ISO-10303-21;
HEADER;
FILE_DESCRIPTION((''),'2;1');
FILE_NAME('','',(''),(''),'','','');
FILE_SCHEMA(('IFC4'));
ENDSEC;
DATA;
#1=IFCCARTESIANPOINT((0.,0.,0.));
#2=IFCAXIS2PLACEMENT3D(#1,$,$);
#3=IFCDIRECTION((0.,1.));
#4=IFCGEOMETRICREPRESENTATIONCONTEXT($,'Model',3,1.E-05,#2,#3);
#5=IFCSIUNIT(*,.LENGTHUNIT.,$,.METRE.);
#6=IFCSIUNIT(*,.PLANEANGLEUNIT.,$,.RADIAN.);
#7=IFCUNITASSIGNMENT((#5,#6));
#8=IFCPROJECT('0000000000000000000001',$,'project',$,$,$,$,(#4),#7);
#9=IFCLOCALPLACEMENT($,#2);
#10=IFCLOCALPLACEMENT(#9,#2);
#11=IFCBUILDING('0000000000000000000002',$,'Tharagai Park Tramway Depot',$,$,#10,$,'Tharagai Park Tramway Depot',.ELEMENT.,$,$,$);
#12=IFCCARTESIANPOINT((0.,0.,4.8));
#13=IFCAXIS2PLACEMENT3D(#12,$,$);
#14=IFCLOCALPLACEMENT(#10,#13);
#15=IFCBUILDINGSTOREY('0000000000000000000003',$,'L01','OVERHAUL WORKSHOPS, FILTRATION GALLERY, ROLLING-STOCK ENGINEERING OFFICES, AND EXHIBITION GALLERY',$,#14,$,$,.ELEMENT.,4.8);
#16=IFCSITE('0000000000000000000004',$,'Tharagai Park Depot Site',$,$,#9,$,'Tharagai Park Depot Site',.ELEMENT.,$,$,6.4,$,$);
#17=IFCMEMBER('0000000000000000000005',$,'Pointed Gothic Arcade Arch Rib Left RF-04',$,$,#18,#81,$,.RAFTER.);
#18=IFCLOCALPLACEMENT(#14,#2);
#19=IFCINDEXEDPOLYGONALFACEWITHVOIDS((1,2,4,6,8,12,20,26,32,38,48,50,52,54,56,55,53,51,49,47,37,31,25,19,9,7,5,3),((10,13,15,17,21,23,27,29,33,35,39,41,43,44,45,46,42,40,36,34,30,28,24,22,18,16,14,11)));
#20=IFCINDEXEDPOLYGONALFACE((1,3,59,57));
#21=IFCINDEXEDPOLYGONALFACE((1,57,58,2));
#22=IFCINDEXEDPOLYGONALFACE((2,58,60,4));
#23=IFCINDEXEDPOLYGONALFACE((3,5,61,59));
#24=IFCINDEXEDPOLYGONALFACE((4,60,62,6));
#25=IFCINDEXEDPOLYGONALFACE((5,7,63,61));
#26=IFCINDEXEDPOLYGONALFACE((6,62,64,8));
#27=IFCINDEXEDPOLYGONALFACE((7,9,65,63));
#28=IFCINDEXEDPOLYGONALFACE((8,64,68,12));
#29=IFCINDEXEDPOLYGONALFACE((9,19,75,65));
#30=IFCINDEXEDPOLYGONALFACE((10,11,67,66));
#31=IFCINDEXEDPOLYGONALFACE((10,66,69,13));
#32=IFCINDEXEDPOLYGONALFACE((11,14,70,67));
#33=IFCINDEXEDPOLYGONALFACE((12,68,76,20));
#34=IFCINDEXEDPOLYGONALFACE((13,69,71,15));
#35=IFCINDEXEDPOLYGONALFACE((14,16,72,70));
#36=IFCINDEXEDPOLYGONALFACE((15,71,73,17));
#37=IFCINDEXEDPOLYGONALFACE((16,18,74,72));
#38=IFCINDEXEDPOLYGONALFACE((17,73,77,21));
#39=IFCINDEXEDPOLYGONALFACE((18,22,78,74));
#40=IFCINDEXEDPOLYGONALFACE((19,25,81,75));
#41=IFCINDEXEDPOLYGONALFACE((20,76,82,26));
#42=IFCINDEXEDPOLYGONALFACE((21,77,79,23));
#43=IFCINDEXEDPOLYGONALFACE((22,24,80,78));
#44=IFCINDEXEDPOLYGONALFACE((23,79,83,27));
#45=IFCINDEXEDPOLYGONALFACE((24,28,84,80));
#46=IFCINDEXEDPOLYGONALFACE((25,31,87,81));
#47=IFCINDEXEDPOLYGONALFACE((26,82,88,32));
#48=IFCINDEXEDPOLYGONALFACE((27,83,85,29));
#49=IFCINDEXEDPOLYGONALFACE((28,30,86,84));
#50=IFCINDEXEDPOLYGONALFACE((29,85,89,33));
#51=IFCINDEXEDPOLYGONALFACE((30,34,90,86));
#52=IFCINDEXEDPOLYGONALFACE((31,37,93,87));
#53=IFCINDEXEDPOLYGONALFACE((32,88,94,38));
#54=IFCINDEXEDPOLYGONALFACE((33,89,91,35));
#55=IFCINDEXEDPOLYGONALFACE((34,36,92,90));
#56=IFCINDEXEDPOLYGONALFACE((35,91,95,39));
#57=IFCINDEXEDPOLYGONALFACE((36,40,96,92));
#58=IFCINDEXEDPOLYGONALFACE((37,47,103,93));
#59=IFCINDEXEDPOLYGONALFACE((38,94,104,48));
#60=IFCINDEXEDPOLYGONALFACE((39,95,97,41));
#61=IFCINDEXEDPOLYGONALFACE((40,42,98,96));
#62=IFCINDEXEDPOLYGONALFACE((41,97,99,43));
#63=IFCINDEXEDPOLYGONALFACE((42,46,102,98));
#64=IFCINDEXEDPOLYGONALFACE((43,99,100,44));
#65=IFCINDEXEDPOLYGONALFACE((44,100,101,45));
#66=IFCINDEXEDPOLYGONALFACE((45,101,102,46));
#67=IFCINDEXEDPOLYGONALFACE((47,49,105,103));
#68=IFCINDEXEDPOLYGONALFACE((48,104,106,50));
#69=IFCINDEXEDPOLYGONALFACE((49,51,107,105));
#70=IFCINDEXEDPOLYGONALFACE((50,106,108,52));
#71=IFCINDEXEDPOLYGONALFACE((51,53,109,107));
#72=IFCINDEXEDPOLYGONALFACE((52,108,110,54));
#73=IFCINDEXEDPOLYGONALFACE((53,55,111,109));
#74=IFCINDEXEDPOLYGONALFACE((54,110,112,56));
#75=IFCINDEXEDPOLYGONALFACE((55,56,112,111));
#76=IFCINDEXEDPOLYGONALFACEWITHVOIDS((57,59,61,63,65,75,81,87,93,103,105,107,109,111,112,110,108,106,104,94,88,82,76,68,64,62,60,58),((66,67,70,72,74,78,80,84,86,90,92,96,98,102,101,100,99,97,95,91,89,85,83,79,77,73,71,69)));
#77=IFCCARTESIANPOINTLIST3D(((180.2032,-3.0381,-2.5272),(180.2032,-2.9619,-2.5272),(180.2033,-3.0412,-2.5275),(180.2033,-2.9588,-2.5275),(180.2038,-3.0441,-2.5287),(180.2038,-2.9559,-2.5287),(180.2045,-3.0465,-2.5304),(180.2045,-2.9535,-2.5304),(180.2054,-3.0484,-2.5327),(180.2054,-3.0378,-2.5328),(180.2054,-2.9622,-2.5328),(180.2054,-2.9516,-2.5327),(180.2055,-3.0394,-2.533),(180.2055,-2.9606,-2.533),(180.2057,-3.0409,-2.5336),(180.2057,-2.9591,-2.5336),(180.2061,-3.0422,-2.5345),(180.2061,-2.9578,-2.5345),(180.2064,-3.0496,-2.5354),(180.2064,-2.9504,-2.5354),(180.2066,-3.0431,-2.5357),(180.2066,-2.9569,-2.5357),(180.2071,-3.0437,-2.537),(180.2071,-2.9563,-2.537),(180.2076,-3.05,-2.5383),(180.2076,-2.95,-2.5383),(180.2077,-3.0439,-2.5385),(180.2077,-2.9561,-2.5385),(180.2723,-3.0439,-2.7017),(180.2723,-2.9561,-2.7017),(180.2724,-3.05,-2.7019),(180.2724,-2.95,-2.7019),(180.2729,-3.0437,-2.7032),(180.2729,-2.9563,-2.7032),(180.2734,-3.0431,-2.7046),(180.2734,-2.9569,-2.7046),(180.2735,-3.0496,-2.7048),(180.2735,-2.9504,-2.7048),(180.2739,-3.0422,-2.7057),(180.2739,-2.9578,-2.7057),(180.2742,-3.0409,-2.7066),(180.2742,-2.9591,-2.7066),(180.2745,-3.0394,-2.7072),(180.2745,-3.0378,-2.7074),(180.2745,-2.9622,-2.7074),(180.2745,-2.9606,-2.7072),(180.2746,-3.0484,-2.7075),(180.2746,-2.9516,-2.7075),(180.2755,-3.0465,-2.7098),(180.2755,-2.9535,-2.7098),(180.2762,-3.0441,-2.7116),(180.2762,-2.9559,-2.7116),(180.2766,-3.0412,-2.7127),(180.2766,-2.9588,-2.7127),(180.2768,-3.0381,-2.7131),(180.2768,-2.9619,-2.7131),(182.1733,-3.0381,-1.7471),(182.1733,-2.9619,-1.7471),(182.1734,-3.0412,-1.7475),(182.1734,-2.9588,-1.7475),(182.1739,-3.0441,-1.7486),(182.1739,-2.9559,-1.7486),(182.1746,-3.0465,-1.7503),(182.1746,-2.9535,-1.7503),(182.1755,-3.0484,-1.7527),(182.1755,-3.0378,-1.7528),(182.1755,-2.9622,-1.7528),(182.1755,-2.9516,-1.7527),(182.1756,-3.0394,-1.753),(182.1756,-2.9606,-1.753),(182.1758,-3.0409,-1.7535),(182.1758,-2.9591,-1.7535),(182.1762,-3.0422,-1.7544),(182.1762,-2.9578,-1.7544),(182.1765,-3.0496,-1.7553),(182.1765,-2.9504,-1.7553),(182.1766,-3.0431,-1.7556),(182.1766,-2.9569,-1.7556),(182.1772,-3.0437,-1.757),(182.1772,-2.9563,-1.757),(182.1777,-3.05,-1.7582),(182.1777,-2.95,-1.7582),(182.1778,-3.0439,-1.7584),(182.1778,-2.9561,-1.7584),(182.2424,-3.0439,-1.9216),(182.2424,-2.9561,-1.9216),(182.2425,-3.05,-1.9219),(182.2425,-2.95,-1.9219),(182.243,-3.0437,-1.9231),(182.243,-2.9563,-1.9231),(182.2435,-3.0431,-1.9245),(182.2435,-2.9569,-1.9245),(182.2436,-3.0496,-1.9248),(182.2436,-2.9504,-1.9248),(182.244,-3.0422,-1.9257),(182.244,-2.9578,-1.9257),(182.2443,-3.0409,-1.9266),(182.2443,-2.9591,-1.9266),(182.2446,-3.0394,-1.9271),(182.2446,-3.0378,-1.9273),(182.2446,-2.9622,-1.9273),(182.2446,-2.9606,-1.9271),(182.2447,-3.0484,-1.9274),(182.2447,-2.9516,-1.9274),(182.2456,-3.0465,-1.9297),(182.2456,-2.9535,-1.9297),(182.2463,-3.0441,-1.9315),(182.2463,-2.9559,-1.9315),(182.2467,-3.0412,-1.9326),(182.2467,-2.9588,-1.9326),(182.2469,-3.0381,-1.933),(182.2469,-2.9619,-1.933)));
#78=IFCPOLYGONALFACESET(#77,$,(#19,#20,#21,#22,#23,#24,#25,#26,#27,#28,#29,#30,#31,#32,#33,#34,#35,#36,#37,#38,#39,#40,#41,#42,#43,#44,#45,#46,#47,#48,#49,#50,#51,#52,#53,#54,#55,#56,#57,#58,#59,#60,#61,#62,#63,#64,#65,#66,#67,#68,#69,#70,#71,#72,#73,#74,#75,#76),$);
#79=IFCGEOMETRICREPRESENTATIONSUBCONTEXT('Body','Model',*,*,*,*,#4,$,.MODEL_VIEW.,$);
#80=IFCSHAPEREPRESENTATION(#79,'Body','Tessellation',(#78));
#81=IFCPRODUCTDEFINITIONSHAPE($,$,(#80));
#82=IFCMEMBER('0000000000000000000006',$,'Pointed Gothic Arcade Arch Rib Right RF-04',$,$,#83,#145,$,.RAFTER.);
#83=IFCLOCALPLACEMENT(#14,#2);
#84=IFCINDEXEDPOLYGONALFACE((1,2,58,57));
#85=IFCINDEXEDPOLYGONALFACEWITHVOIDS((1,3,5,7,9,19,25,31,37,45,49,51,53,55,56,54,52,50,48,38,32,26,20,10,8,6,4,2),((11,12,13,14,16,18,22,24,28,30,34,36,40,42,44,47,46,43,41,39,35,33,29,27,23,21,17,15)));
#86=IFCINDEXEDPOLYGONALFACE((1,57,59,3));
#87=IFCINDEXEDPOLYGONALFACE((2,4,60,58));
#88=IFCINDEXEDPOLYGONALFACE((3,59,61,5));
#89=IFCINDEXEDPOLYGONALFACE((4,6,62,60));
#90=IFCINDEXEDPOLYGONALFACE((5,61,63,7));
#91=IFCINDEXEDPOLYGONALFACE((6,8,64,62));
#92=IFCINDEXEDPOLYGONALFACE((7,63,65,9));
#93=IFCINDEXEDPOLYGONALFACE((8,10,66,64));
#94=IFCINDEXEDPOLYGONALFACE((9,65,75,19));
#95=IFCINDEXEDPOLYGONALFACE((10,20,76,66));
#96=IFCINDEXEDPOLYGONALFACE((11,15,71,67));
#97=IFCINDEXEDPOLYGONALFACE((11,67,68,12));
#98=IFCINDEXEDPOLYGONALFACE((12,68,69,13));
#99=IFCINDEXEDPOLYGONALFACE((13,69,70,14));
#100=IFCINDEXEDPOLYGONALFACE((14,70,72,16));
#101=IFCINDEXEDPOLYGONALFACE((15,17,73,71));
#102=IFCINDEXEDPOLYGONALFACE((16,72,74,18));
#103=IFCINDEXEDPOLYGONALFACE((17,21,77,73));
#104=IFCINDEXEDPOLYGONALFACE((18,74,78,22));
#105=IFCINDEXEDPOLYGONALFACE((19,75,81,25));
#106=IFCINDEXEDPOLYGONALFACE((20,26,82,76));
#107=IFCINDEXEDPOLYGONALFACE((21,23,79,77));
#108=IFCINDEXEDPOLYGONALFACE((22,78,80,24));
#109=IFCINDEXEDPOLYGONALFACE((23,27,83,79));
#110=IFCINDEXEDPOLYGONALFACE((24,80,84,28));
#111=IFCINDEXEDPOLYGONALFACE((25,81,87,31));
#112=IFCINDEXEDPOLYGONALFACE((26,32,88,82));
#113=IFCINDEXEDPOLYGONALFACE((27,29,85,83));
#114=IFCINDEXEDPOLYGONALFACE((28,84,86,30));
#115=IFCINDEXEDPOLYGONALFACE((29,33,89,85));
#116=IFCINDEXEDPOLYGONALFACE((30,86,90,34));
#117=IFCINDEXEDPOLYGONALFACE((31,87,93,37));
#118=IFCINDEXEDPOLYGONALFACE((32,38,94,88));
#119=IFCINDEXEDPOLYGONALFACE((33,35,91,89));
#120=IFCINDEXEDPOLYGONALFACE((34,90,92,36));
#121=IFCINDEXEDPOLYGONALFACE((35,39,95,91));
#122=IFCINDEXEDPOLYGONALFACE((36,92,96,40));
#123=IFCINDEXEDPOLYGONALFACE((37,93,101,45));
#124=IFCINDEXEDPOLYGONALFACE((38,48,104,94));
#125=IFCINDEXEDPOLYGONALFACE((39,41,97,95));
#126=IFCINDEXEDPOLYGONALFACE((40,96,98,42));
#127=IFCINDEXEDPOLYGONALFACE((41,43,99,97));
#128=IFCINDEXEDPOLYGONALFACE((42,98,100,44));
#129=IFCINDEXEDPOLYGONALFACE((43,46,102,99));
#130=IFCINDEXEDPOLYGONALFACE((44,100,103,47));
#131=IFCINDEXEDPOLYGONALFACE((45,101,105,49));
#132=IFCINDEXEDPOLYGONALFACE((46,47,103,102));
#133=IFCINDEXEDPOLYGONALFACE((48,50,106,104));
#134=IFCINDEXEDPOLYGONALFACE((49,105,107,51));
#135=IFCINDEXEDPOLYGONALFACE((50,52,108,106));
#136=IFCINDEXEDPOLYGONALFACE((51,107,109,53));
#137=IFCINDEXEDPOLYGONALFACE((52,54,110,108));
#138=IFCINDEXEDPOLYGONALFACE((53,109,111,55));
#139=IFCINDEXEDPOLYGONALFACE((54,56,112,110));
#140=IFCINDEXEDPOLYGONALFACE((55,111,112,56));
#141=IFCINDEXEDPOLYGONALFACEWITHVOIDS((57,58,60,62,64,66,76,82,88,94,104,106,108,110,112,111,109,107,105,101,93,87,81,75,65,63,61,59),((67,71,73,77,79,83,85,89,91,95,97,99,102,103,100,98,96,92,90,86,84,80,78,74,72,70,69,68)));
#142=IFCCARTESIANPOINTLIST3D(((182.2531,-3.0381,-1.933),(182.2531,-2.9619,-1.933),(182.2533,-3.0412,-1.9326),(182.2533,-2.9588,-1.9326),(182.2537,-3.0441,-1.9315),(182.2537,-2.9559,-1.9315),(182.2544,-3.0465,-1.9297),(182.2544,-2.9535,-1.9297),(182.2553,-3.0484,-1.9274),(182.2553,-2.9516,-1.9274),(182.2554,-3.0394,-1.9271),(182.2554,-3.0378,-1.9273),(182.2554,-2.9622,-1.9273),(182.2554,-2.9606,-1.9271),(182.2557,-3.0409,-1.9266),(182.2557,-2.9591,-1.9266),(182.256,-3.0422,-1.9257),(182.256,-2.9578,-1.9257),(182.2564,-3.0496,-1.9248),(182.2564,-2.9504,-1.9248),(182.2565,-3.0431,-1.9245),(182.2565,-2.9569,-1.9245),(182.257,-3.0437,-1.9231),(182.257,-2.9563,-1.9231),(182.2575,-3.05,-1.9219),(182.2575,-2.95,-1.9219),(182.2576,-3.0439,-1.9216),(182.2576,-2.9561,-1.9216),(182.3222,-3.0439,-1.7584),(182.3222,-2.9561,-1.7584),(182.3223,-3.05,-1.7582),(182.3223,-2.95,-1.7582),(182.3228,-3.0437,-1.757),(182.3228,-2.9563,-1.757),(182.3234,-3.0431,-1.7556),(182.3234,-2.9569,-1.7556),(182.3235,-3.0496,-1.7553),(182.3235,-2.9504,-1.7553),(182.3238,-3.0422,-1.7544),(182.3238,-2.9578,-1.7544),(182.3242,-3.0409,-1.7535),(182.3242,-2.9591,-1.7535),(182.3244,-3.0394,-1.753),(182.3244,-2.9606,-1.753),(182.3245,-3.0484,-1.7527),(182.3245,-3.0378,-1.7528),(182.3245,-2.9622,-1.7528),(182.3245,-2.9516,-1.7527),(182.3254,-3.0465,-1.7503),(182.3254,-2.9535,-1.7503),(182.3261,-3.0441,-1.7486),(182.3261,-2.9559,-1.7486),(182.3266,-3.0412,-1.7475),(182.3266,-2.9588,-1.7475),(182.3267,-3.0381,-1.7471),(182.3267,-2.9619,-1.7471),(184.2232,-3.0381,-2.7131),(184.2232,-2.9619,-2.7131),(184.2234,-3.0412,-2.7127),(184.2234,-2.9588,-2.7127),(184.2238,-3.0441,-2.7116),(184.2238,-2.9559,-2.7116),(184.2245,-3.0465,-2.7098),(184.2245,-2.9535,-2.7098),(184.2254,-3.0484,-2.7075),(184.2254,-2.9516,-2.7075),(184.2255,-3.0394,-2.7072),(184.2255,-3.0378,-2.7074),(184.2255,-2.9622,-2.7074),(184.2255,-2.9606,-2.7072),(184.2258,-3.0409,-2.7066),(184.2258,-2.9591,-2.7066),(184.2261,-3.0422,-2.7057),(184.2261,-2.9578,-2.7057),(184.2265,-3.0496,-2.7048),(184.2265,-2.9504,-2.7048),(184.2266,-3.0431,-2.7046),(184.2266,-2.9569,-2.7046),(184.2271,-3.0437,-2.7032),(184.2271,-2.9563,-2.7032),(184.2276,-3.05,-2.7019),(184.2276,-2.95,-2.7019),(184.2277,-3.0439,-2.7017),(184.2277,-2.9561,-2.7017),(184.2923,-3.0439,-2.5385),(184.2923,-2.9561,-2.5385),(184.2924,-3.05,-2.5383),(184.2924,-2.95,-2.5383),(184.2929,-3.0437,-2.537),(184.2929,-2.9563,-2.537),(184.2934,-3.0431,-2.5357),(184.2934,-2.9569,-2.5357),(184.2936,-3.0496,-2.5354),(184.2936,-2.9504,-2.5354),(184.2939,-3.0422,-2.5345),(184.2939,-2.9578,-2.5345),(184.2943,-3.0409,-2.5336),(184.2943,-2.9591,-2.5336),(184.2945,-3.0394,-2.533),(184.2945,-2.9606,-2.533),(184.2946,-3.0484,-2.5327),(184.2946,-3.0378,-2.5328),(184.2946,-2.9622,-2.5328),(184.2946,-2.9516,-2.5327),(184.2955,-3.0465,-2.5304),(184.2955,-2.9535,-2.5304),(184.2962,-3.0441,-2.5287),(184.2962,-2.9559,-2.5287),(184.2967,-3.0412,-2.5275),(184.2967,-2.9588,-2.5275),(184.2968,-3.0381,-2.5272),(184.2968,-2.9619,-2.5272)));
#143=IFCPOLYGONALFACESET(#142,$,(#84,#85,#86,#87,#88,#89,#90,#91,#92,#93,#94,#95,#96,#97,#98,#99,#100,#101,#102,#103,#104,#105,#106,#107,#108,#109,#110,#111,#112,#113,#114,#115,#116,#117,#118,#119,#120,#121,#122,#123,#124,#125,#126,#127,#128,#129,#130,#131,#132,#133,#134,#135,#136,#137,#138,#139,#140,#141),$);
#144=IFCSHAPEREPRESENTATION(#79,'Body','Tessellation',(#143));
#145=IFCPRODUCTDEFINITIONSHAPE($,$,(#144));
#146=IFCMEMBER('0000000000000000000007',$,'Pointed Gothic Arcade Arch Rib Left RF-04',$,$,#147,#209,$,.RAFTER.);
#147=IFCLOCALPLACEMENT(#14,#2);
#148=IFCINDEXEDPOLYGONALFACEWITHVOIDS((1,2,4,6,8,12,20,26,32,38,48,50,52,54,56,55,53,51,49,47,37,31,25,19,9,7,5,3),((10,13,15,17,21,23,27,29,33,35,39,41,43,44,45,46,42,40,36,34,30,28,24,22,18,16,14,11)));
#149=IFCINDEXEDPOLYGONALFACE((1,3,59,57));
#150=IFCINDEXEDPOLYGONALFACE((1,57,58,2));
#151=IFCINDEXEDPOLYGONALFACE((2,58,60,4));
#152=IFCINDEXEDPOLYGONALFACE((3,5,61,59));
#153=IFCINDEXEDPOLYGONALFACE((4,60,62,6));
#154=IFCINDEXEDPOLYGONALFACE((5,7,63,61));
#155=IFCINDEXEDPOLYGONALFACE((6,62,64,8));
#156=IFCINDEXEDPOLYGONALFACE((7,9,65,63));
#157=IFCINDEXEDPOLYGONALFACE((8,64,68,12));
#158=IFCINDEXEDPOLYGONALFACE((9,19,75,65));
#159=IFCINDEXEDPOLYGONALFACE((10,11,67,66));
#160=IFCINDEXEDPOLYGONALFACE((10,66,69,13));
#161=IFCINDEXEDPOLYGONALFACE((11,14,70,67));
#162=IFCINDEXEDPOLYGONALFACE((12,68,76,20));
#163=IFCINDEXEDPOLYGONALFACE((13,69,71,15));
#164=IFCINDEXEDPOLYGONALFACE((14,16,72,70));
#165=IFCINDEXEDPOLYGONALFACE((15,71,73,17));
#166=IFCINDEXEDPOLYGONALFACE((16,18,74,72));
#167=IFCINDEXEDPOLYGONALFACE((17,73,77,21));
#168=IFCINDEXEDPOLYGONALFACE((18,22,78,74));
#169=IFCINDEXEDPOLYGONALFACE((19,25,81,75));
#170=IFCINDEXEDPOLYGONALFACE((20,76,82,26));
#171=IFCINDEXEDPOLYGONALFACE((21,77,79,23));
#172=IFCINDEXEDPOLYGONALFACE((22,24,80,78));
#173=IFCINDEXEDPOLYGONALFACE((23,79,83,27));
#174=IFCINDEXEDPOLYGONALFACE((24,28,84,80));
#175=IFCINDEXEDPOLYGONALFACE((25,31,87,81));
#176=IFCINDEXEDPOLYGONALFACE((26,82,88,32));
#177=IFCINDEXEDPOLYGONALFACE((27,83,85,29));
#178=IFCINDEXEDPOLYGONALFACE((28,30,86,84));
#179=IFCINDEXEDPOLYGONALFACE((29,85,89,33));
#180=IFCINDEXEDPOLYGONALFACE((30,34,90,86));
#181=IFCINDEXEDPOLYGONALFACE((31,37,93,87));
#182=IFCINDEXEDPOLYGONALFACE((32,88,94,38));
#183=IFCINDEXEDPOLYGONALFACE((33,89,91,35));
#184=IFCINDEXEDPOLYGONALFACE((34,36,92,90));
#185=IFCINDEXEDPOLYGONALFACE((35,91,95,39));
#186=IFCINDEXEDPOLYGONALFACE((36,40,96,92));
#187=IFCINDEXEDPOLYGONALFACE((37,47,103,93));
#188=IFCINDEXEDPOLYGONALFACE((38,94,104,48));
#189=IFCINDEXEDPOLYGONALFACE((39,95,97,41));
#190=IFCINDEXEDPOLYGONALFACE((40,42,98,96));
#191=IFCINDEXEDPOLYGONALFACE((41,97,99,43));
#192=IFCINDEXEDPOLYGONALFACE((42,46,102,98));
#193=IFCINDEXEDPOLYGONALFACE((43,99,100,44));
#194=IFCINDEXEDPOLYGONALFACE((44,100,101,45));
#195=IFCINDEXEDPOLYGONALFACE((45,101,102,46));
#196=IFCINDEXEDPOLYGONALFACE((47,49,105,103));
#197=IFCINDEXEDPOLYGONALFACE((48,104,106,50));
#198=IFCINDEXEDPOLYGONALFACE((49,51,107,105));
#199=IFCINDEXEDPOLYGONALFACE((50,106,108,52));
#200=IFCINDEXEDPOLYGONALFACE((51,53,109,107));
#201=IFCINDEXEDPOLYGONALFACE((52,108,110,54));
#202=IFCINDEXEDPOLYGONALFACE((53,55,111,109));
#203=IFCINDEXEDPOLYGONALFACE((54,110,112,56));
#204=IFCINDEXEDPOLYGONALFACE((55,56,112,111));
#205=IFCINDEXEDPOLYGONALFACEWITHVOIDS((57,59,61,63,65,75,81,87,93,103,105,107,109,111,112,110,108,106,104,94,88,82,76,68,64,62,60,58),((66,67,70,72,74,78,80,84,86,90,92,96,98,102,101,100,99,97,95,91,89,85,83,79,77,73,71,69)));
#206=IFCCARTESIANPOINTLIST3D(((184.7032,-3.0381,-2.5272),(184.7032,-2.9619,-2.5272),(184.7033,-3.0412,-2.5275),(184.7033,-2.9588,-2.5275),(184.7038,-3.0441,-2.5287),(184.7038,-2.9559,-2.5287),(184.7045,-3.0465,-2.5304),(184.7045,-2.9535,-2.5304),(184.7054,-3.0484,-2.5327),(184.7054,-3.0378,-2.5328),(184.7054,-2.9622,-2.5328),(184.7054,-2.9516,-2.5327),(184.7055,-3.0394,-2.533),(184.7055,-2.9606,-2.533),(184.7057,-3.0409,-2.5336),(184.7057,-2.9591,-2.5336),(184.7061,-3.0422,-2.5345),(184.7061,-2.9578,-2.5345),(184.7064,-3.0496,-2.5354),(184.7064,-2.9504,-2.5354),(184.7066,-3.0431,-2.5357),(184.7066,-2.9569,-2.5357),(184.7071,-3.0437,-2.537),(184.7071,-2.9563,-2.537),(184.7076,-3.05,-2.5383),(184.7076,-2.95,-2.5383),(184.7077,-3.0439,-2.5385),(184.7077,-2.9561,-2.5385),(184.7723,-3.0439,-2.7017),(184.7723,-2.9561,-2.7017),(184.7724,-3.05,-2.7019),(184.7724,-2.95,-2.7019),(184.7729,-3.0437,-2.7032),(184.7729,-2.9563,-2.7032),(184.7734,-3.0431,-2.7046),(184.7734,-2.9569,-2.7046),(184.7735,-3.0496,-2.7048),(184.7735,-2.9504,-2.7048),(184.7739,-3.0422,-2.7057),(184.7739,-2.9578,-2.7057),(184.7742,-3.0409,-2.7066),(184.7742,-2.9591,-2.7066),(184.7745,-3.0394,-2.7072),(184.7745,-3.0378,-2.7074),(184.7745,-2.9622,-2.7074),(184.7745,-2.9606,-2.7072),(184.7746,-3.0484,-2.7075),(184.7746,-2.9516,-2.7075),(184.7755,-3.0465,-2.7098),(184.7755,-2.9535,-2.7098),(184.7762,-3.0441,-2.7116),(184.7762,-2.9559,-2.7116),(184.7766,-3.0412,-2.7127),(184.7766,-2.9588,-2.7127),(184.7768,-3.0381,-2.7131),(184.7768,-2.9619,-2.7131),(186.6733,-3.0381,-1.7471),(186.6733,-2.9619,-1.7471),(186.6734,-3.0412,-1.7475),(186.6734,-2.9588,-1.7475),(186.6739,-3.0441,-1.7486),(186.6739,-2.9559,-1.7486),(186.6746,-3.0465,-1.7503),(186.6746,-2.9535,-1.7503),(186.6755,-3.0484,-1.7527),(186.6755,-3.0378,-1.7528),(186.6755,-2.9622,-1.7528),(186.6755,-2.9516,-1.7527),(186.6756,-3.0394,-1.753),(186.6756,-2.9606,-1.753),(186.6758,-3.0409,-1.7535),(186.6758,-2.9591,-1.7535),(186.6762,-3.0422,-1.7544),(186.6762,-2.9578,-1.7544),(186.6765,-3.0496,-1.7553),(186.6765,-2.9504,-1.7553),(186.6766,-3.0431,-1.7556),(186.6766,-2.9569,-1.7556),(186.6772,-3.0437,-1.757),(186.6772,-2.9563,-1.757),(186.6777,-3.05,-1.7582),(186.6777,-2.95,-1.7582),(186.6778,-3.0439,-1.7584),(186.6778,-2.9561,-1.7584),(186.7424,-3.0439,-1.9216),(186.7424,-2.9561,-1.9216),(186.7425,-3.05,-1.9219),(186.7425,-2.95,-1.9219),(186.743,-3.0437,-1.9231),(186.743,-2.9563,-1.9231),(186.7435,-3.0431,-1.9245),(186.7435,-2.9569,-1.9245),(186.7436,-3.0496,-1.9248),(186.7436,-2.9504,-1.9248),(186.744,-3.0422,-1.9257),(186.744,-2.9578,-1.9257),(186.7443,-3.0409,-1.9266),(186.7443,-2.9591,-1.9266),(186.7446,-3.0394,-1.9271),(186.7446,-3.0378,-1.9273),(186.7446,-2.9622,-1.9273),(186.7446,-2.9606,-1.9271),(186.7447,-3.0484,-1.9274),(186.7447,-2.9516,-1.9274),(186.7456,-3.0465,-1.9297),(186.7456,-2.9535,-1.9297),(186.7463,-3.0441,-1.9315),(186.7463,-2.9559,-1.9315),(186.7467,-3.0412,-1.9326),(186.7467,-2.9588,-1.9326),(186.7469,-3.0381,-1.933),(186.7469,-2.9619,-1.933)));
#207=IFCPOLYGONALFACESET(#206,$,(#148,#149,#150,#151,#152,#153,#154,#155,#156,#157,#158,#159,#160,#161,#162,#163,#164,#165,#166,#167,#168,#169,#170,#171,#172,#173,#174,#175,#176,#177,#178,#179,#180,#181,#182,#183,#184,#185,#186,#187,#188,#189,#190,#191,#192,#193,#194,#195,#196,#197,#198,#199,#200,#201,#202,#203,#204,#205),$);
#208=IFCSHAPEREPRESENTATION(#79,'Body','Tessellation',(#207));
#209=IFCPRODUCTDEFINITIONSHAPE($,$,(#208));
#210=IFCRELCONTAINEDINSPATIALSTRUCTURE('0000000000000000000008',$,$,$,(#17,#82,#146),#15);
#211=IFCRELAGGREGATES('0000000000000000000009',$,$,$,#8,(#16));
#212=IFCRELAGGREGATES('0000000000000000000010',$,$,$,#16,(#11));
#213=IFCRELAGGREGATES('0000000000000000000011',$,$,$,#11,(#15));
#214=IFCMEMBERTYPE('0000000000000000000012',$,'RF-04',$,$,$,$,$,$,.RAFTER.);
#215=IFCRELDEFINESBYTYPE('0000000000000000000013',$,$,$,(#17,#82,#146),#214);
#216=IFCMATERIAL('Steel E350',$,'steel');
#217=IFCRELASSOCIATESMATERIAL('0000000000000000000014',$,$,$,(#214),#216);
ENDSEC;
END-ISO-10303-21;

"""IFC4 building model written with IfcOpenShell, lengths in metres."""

from ifc_helpers import new_model, si_unit, direction, frame, origin, origin_2d, place, context, subcontext, project, spatial, hollow_rectangle, extrude, material, material_profile, profile_set, type_object, element, save


model = new_model("IFC4")

# Units and contexts
model_context = context("Model", 3, precision=1e-05, world=origin(), true_north=direction((0.0, 1.0)))
body_context = subcontext(model_context, "Body", "Model", "MODEL_VIEW")
ifc_project = project(units=[si_unit("LENGTHUNIT", "METRE"), si_unit("PLANEANGLEUNIT", "RADIAN")], contexts=[model_context])

# Site, building, storey
site_placement = place(None, origin())
site = spatial("IfcSite", under=ifc_project, at=site_placement, Name="Tharagai Park Depot Site", LongName="Tharagai Park Depot Site", CompositionType="ELEMENT", RefElevation=6.4)
building_placement = place(site_placement, origin())
building = spatial("IfcBuilding", under=site, at=building_placement, Name="Tharagai Park Tramway Depot", LongName="Tharagai Park Tramway Depot", CompositionType="ELEMENT")
storey_placement = place(building_placement, frame((0.0, 0.0, 4.8)))
storey = spatial("IfcBuildingStorey", under=building, at=storey_placement, Name="L01", Description="OVERHAUL WORKSHOPS, FILTRATION GALLERY, ROLLING-STOCK ENGINEERING OFFICES, AND EXHIBITION GALLERY", CompositionType="ELEMENT", Elevation=4.8)

# Members
ifc_material_1 = material(Name="Steel E350", Category="steel")
ifc_material_profile_1 = material_profile(ifc_material_1, hollow_rectangle(XDim=0.1001, YDim=0.2, WallThickness=0.0061, InnerFilletRadius=0.0061, OuterFilletRadius=0.012, at=origin_2d()), Name="RHS 200x100x6")
ifc_profile_set_1 = profile_set([ifc_material_profile_1], Name="Steel E350")
member_type_1 = type_object("IfcMemberType", Name="RF-04", PredefinedType="RAFTER", material=ifc_profile_set_1)
for number, where, z_axis, x_axis, name in (
    (1, (180.24, -3.0, -2.6201), (0.929766, 0.0, 0.36815), (0.0, 1.0, 0.0), "Pointed Gothic Arcade Arch Rib Left RF-04"),
    (2, (184.26, -3.0, -2.6201), (-0.929766, 0.0, 0.36815), (0.0, -1.0, 0.0), "Pointed Gothic Arcade Arch Rib Right RF-04"),
    (3, (184.74, -3.0, -2.6201), (0.929766, 0.0, 0.36815), (0.0, 1.0, 0.0), "Pointed Gothic Arcade Arch Rib Left RF-04"),
):
    element("IfcMember", number, at=place(storey_placement, frame(where, z_axis=z_axis, x_axis=x_axis)), inside=storey, type_object=member_type_1, Name=name, PredefinedType="RAFTER", context=body_context, shape_type="SweptSolid", body=[
        extrude(hollow_rectangle(XDim=0.1001, YDim=0.2, WallThickness=0.0061, InnerFilletRadius=0.0061, OuterFilletRadius=0.012, at=origin_2d()), origin(), (0.0, 0.0, 1.0), 2.1189),
    ])

save(model, "model.ifc")
